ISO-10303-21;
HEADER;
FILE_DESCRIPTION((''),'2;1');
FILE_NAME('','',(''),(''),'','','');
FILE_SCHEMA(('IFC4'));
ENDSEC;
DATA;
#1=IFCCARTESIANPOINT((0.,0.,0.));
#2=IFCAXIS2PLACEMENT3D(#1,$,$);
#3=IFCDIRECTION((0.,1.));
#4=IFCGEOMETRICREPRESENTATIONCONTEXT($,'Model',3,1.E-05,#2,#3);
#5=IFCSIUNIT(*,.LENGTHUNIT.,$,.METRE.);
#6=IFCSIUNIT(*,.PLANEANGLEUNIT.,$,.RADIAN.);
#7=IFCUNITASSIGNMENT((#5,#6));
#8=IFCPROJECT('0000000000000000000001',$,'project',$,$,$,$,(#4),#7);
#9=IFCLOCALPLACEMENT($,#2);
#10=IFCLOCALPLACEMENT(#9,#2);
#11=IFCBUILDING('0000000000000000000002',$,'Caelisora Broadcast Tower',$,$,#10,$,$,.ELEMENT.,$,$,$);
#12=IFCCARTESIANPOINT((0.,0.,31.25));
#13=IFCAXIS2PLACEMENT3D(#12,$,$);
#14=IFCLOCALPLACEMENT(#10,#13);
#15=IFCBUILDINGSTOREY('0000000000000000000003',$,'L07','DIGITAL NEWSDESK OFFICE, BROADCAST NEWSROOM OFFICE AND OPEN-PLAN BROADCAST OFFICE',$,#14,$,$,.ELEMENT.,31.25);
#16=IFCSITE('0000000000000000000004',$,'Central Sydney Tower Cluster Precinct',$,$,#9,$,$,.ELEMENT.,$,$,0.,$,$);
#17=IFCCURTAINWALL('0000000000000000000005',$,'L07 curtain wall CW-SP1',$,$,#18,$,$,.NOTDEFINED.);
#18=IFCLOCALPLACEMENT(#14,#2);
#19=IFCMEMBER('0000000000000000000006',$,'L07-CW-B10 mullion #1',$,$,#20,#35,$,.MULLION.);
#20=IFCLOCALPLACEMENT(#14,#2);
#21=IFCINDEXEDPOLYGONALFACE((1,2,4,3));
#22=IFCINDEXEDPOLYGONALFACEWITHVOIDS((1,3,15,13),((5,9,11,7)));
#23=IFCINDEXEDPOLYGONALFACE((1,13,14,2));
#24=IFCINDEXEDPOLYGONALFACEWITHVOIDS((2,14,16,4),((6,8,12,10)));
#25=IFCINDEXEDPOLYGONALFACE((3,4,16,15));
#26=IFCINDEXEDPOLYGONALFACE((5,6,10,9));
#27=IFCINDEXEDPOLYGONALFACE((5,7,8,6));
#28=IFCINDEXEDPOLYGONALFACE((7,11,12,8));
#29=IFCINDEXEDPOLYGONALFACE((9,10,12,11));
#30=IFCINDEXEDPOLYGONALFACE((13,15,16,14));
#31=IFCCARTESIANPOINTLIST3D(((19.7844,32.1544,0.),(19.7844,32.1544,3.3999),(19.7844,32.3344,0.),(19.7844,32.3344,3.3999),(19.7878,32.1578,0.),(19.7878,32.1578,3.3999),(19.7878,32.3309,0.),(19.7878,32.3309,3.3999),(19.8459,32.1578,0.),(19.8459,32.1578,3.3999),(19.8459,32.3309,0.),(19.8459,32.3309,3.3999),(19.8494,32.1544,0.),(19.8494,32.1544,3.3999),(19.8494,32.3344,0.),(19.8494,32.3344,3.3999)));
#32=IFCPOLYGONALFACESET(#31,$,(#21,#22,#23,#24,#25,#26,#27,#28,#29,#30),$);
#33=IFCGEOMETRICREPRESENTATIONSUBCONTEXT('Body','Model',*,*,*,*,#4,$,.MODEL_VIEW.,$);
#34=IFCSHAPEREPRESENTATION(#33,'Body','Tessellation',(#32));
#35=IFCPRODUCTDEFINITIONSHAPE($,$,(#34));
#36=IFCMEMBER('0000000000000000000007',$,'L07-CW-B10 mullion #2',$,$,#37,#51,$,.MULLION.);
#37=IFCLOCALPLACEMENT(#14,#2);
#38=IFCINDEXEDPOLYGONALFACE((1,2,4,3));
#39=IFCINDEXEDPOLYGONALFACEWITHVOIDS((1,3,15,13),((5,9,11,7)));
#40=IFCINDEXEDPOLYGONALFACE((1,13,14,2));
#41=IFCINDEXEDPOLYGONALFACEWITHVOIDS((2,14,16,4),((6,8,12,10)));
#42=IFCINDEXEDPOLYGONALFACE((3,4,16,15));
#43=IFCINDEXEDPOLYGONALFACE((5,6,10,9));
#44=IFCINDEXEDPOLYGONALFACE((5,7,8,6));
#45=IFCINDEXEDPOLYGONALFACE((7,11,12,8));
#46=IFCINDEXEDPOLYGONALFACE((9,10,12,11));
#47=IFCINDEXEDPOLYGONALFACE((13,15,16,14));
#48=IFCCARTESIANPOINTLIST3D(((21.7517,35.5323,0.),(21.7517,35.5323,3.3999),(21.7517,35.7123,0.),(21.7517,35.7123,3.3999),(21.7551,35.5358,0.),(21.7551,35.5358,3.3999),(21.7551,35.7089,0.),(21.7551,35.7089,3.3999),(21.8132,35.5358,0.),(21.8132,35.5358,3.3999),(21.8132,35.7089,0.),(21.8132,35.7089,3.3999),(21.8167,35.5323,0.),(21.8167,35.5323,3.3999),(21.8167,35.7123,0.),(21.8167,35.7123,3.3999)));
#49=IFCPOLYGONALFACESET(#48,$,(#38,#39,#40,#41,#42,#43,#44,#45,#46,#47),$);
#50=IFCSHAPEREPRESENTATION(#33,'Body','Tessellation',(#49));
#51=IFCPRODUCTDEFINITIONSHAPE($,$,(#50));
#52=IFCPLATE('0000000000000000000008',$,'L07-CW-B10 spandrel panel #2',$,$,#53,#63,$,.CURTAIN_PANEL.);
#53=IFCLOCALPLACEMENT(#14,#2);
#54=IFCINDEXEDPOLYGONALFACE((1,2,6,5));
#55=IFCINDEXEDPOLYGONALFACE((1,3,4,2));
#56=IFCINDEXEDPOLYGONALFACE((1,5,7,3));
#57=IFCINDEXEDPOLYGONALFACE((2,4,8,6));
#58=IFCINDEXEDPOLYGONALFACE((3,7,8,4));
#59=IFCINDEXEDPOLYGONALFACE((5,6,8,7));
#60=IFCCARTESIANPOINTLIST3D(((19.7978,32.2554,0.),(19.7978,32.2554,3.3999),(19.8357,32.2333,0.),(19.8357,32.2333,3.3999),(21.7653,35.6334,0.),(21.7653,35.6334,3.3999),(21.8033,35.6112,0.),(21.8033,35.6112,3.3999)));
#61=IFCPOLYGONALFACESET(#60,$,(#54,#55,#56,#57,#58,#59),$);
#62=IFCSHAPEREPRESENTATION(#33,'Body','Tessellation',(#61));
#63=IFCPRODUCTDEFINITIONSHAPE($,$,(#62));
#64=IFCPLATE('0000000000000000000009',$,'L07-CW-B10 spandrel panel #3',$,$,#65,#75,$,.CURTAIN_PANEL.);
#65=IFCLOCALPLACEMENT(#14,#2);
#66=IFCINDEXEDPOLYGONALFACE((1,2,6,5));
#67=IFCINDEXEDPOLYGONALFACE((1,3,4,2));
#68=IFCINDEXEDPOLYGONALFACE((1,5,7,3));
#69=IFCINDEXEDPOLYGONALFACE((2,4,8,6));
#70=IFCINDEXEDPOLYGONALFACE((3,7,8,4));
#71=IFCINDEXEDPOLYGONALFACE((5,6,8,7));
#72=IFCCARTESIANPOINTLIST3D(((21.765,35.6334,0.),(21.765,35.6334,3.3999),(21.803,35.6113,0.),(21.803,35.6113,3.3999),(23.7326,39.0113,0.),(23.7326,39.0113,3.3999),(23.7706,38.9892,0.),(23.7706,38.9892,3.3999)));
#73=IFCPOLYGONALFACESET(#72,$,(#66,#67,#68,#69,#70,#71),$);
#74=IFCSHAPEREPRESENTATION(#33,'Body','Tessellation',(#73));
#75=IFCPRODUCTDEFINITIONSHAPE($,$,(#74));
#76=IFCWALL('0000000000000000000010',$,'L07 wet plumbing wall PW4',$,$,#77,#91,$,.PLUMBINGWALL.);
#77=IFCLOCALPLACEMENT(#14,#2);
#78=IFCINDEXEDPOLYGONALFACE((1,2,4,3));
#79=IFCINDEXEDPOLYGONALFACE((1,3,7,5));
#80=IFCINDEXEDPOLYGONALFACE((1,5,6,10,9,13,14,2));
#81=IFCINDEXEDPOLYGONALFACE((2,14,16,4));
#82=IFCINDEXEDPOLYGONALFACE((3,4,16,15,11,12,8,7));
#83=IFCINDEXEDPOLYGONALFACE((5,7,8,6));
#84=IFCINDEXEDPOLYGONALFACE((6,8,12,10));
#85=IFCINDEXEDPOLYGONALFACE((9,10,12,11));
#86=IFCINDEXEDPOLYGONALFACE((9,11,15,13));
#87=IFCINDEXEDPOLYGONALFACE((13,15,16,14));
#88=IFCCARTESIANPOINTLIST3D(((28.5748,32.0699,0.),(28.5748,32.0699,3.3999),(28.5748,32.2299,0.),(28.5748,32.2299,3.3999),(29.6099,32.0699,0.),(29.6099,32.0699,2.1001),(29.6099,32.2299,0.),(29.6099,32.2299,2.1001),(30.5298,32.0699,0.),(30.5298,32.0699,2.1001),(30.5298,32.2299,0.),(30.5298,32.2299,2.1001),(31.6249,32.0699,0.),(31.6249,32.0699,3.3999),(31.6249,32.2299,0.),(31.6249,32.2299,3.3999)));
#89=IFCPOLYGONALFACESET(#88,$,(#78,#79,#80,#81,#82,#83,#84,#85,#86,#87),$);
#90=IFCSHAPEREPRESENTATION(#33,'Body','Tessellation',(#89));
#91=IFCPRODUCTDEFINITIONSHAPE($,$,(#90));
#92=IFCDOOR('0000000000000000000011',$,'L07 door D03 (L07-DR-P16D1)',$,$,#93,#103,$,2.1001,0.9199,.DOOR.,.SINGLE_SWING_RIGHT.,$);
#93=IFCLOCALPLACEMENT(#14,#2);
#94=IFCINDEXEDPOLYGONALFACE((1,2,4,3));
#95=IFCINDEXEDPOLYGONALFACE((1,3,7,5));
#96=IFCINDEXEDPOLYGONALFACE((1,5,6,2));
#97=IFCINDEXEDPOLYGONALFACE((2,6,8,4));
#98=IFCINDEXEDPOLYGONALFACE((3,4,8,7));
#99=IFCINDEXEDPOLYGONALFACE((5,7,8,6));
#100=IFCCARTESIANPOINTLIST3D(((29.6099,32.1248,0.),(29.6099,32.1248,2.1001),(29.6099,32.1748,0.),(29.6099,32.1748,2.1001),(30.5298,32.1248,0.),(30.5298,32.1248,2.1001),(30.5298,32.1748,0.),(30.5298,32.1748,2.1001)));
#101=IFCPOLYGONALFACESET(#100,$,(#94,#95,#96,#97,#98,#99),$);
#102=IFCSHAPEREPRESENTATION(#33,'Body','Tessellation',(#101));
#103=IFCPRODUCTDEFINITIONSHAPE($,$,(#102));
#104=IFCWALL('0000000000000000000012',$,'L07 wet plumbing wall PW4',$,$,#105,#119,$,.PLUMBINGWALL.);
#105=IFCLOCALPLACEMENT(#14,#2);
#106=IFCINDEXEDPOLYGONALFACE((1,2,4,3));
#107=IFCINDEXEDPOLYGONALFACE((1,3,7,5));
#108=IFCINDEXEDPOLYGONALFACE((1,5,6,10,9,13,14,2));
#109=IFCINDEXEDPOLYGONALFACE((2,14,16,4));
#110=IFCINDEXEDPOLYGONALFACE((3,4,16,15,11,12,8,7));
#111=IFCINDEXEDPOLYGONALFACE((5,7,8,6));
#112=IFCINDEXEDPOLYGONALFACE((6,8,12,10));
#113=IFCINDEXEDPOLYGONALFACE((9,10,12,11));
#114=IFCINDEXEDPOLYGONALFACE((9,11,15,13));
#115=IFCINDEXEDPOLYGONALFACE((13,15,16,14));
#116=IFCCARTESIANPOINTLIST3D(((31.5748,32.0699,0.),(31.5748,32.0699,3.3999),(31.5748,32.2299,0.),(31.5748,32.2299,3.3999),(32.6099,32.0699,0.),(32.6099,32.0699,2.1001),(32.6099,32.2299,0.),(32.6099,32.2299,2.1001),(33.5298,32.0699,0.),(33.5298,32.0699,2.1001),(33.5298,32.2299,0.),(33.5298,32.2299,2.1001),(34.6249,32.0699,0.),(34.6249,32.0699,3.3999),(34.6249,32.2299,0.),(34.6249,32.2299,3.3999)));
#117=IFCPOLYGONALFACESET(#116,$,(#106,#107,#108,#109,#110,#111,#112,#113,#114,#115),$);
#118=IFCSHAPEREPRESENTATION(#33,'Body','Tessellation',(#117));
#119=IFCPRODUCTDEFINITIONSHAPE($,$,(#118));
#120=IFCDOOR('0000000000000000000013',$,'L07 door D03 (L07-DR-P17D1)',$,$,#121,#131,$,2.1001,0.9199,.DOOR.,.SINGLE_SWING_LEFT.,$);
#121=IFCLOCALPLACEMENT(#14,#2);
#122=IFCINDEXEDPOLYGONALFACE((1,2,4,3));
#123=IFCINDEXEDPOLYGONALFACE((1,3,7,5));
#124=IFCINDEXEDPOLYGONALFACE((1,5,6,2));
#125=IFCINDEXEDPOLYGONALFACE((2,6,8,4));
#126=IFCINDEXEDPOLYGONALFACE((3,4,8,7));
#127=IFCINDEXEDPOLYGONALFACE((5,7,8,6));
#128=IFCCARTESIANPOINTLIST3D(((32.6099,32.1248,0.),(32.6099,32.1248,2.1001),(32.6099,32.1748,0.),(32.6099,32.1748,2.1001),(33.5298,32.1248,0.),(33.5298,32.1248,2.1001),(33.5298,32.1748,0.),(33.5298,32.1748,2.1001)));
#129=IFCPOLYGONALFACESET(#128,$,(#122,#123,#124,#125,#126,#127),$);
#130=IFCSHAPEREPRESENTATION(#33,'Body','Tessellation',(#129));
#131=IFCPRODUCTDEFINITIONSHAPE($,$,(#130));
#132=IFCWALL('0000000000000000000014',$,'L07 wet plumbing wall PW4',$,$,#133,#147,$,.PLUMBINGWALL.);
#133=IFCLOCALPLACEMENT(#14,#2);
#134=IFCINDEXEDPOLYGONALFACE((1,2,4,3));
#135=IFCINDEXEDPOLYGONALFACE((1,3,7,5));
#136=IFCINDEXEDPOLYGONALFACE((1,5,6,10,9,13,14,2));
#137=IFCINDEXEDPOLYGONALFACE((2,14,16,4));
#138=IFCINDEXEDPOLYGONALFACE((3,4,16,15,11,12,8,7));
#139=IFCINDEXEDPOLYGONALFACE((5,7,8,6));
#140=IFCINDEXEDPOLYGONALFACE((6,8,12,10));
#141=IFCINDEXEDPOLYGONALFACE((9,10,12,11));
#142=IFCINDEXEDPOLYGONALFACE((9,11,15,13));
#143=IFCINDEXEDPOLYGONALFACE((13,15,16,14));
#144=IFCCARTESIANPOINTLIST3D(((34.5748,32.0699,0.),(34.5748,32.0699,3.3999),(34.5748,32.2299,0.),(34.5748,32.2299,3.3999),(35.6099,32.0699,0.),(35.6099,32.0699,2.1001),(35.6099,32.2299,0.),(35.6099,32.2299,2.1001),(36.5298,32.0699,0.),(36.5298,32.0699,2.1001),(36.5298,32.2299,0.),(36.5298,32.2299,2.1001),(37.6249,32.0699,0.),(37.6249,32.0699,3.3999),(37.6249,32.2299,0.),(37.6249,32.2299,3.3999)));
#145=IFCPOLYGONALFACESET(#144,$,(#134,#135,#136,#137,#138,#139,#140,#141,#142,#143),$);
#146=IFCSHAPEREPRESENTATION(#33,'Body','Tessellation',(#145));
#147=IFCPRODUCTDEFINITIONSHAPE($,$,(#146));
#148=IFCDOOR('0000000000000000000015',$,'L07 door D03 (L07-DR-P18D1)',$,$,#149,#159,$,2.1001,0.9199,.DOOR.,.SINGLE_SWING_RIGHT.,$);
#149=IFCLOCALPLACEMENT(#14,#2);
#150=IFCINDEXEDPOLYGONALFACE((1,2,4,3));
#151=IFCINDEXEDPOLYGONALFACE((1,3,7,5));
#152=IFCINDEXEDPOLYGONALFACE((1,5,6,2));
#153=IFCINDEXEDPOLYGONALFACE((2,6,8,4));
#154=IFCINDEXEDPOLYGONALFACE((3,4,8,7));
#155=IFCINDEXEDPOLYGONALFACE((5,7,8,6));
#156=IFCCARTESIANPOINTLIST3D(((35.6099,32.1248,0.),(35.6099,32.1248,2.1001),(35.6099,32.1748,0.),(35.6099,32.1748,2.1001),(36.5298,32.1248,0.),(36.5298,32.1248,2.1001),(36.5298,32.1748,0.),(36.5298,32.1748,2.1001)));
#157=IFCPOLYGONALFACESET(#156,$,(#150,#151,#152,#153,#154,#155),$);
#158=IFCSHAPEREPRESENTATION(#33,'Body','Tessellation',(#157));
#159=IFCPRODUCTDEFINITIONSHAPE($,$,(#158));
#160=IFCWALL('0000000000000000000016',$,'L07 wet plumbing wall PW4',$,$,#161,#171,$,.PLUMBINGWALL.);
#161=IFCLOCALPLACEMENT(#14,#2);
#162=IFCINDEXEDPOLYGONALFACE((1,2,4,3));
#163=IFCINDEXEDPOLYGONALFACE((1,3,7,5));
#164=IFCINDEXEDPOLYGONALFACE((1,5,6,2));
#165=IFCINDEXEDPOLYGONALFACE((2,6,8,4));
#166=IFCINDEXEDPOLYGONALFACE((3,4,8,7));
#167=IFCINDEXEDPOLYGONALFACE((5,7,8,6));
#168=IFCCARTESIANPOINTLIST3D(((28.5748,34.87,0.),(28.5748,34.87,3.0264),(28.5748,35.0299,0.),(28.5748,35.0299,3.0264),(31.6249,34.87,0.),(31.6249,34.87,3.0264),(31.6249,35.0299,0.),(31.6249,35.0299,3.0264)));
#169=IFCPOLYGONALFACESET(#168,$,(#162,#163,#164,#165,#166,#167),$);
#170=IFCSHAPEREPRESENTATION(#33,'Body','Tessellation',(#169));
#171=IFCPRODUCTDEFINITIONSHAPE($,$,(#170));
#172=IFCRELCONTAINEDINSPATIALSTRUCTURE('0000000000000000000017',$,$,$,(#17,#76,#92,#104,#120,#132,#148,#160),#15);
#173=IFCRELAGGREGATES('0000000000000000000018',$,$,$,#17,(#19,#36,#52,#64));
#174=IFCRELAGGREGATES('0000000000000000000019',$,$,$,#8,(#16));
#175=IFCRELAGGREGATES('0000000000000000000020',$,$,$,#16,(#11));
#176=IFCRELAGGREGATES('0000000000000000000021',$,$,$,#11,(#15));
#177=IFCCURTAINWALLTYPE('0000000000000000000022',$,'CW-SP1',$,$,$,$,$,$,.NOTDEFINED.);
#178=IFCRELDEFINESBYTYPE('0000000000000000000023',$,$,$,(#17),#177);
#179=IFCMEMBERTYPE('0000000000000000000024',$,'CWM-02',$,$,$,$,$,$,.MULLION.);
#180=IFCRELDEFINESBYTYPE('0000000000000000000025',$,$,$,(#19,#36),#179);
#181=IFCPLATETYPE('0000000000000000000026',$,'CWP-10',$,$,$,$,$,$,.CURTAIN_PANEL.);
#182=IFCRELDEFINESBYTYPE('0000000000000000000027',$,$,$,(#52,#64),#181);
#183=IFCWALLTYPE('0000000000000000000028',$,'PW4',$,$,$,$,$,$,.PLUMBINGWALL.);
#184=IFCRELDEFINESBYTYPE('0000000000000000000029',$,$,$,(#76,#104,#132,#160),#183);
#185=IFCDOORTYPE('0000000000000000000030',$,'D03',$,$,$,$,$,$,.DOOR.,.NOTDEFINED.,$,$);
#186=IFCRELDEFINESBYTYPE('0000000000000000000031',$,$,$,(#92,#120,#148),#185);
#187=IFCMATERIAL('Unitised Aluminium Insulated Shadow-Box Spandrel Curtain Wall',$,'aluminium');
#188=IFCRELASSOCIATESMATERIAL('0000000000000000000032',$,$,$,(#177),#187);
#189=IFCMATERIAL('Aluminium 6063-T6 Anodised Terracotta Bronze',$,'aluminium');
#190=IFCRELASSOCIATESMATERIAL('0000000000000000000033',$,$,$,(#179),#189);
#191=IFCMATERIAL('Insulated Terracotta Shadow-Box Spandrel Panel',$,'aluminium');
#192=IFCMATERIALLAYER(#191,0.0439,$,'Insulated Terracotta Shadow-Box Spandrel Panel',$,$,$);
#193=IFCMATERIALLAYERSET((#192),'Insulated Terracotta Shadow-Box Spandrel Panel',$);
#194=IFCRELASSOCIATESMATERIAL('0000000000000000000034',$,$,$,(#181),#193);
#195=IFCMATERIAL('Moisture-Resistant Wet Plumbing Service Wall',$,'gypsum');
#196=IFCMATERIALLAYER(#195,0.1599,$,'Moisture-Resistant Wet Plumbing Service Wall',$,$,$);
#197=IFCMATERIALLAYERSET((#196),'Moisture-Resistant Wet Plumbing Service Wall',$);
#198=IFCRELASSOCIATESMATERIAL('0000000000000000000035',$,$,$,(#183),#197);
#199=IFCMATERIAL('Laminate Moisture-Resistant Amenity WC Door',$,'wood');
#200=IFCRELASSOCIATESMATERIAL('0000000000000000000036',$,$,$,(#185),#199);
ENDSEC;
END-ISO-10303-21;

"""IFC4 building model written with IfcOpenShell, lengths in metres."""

from ifc_helpers import new_model, si_unit, direction, frame, frame_2d, origin, origin_2d, place, context, subcontext, project, spatial, rectangle, hollow_rectangle, extrude, source, transform, mapped, material, layer, layer_set, material_profile, profile_set, type_object, type_shapes, element, fill, aggregate, save


model = new_model("IFC4")

# Units and contexts
model_context = context("Model", 3, precision=1e-05, world=origin(), true_north=direction((0.0, 1.0)))
body_context = subcontext(model_context, "Body", "Model", "MODEL_VIEW")
ifc_project = project(units=[si_unit("LENGTHUNIT", "METRE"), si_unit("PLANEANGLEUNIT", "RADIAN")], contexts=[model_context])

# Site, building, storey
site_placement = place(None, origin())
site = spatial("IfcSite", under=ifc_project, at=site_placement, Name="Central Sydney Tower Cluster Precinct", CompositionType="ELEMENT", RefElevation=0.0)
building_placement = place(site_placement, origin())
building = spatial("IfcBuilding", under=site, at=building_placement, Name="Caelisora Broadcast Tower", CompositionType="ELEMENT")
storey_placement = place(building_placement, frame((0.0, 0.0, 31.25)))
storey = spatial("IfcBuildingStorey", under=building, at=storey_placement, Name="L07", Description="DIGITAL NEWSDESK OFFICE, BROADCAST NEWSROOM OFFICE AND OPEN-PLAN BROADCAST OFFICE", CompositionType="ELEMENT", Elevation=31.25)

# Curtain wall, members, plates
ifc_material_1 = material(Name="Unitised Aluminium Insulated Shadow-Box Spandrel Curtain Wall", Category="aluminium")
curtain_wall_type = type_object("IfcCurtainWallType", Name="CW-SP1", PredefinedType="NOTDEFINED", material=ifc_material_1)
curtain_wall_placement = place(storey_placement, origin())
curtain_wall = element("IfcCurtainWall", 1, at=curtain_wall_placement, inside=storey, type_object=curtain_wall_type, Name="L07 curtain wall CW-SP1", PredefinedType="NOTDEFINED")
ifc_material_2 = material(Name="Aluminium 6063-T6 Anodised Terracotta Bronze", Category="aluminium")
ifc_material_profile_1 = material_profile(ifc_material_2, hollow_rectangle(XDim=0.0649, YDim=0.1799, WallThickness=0.0034, at=origin_2d()), Name="Aluminium 6063-T6 Anodised Terracotta Bronze")
ifc_profile_set_1 = profile_set([ifc_material_profile_1], Name="Aluminium 6063-T6 Anodised Terracotta Bronze")
member_type_1 = type_object("IfcMemberType", Name="CWM-02", PredefinedType="MULLION", material=ifc_profile_set_1)
shared_shape_1 = source(origin(), body_context, "Body", "SweptSolid", [
    extrude(hollow_rectangle(XDim=0.0649, YDim=0.1799, WallThickness=0.0034, at=origin_2d()), origin(), (0.0, 0.0, 1.0), 3.3999),
])
type_shapes(member_type_1, [shared_shape_1])
member_1_placement = place(storey_placement, frame((19.8169, 32.2444, 0.0), z_axis=(0.0, 0.0, 1.0), x_axis=(1.0, 0.0, 0.0)))
member_1 = element("IfcMember", 2, at=member_1_placement, type_object=member_type_1, Name="L07-CW-B10 mullion #1", PredefinedType="MULLION", context=body_context, shape_type="MappedRepresentation", body=[
    mapped(shared_shape_1, transform((0.0, 0.0, 0.0), scale=1.0)),
])
member_2_placement = place(storey_placement, frame((21.7842, 35.6223, 0.0), z_axis=(0.0, 0.0, 1.0), x_axis=(1.0, 0.0, 0.0)))
member_2 = element("IfcMember", 3, at=member_2_placement, type_object=member_type_1, Name="L07-CW-B10 mullion #2", PredefinedType="MULLION", context=body_context, shape_type="MappedRepresentation", body=[
    mapped(shared_shape_1, transform((0.0, 0.0, 0.0), scale=1.0)),
])
ifc_material_3 = material(Name="Insulated Terracotta Shadow-Box Spandrel Panel", Category="aluminium")
ifc_layer_1 = layer(ifc_material_3, 0.0439, Name="Insulated Terracotta Shadow-Box Spandrel Panel")
ifc_layer_set_1 = layer_set([ifc_layer_1], Name="Insulated Terracotta Shadow-Box Spandrel Panel")
plate_type = type_object("IfcPlateType", Name="CWP-10", PredefinedType="CURTAIN_PANEL", material=ifc_layer_set_1)
shared_shape_2 = source(origin(), body_context, "Body", "SweptSolid", [
    extrude(rectangle(XDim=3.9092, YDim=0.0439, at=origin_2d()), origin(), (0.0, 0.0, 1.0), 3.3999),
])
type_shapes(plate_type, [shared_shape_2])
plate_1_placement = place(storey_placement, frame((20.8005, 33.9333, 0.0), z_axis=(0.0, 0.0, 1.0), x_axis=(0.503322, 0.864099, 0.0)))
plate_1 = element("IfcPlate", 4, at=plate_1_placement, type_object=plate_type, Name="L07-CW-B10 spandrel panel #2", PredefinedType="CURTAIN_PANEL", context=body_context, shape_type="MappedRepresentation", body=[
    mapped(shared_shape_2, transform((0.0, 0.0, 0.0), scale=1.0)),
])
plate_2_placement = place(storey_placement, frame((22.7678, 37.3113, 0.0), z_axis=(0.0, 0.0, 1.0), x_axis=(0.503322, 0.864099, 0.0)))
plate_2 = element("IfcPlate", 5, at=plate_2_placement, type_object=plate_type, Name="L07-CW-B10 spandrel panel #3", PredefinedType="CURTAIN_PANEL", context=body_context, shape_type="MappedRepresentation", body=[
    mapped(shared_shape_2, transform((0.0, 0.0, 0.0), scale=1.0)),
])
aggregate(curtain_wall, [member_1, member_2, plate_1, plate_2])

# Walls, openings, doors
ifc_material_4 = material(Name="Moisture-Resistant Wet Plumbing Service Wall", Category="gypsum")
ifc_layer_2 = layer(ifc_material_4, 0.1599, Name="Moisture-Resistant Wet Plumbing Service Wall")
ifc_layer_set_2 = layer_set([ifc_layer_2], Name="Moisture-Resistant Wet Plumbing Service Wall")
wall_type = type_object("IfcWallType", Name="PW4", PredefinedType="PLUMBINGWALL", material=ifc_layer_set_2)
wall_1_placement = place(storey_placement, frame((28.575, 32.1499, 0.0), z_axis=(0.0, 0.0, 1.0), x_axis=(1.0, 0.0, 0.0)))
wall_1 = element("IfcWall", 6, at=wall_1_placement, inside=storey, type_object=wall_type, Name="L07 wet plumbing wall PW4", PredefinedType="PLUMBINGWALL", context=body_context, shape_type="SweptSolid", body=[
    extrude(rectangle(XDim=3.05, YDim=0.1599, at=frame_2d((1.5249, 0.0))), origin(), (0.0, 0.0, 1.0), 3.3999),
])
opening_1_placement = place(wall_1_placement, frame((1.0349, 0.0, 0.0)))
opening_1 = element("IfcOpeningElement", 7, at=opening_1_placement, cuts=wall_1, PredefinedType="OPENING", context=body_context, shape_type="SweptSolid", body=[
    extrude(rectangle(XDim=0.9199, YDim=2.1001, at=frame_2d((0.46, 1.05))), frame((0.0, 0.092, 0.0), z_axis=(0.0, -1.0, 0.0), x_axis=(1.0, 0.0, 0.0)), (0.0, 0.0, 1.0), 0.1838),
])
ifc_material_5 = material(Name="Laminate Moisture-Resistant Amenity WC Door", Category="wood")
door_type = type_object("IfcDoorType", Name="D03", OperationType="NOTDEFINED", PredefinedType="DOOR", material=ifc_material_5)
door_1_placement = place(opening_1_placement, origin())
door_1 = element("IfcDoor", 8, at=door_1_placement, inside=storey, type_object=door_type, Name="L07 door D03 (L07-DR-P16D1)", OperationType="SINGLE_SWING_RIGHT", OverallHeight=2.1001, OverallWidth=0.9199, PredefinedType="DOOR", context=body_context, shape_type="SweptSolid", body=[
    extrude(rectangle(XDim=0.9199, YDim=2.1001, at=frame_2d((0.46, 1.05))), frame((0.0, 0.0249, 0.0), z_axis=(0.0, -1.0, 0.0), x_axis=(1.0, 0.0, 0.0)), (0.0, 0.0, 1.0), 0.05),
])
fill(opening_1, door_1)
wall_2_placement = place(storey_placement, frame((31.575, 32.1499, 0.0), z_axis=(0.0, 0.0, 1.0), x_axis=(1.0, 0.0, 0.0)))
wall_2 = element("IfcWall", 9, at=wall_2_placement, inside=storey, type_object=wall_type, Name="L07 wet plumbing wall PW4", PredefinedType="PLUMBINGWALL", context=body_context, shape_type="SweptSolid", body=[
    extrude(rectangle(XDim=3.05, YDim=0.1599, at=frame_2d((1.5249, 0.0))), origin(), (0.0, 0.0, 1.0), 3.3999),
])
opening_2_placement = place(wall_2_placement, frame((1.0349, 0.0, 0.0)))
opening_2 = element("IfcOpeningElement", 10, at=opening_2_placement, cuts=wall_2, PredefinedType="OPENING", context=body_context, shape_type="SweptSolid", body=[
    extrude(rectangle(XDim=0.9199, YDim=2.1001, at=frame_2d((0.46, 1.05))), frame((0.0, 0.092, 0.0), z_axis=(0.0, -1.0, 0.0), x_axis=(1.0, 0.0, 0.0)), (0.0, 0.0, 1.0), 0.1838),
])
door_2_placement = place(opening_2_placement, origin())
door_2 = element("IfcDoor", 11, at=door_2_placement, inside=storey, type_object=door_type, Name="L07 door D03 (L07-DR-P17D1)", OperationType="SINGLE_SWING_LEFT", OverallHeight=2.1001, OverallWidth=0.9199, PredefinedType="DOOR", context=body_context, shape_type="SweptSolid", body=[
    extrude(rectangle(XDim=0.9199, YDim=2.1001, at=frame_2d((0.46, 1.05))), frame((0.0, 0.0249, 0.0), z_axis=(0.0, -1.0, 0.0), x_axis=(1.0, 0.0, 0.0)), (0.0, 0.0, 1.0), 0.05),
])
fill(opening_2, door_2)
wall_3_placement = place(storey_placement, frame((34.575, 32.1499, 0.0), z_axis=(0.0, 0.0, 1.0), x_axis=(1.0, 0.0, 0.0)))
wall_3 = element("IfcWall", 12, at=wall_3_placement, inside=storey, type_object=wall_type, Name="L07 wet plumbing wall PW4", PredefinedType="PLUMBINGWALL", context=body_context, shape_type="SweptSolid", body=[
    extrude(rectangle(XDim=3.05, YDim=0.1599, at=frame_2d((1.5249, 0.0))), origin(), (0.0, 0.0, 1.0), 3.3999),
])
opening_3_placement = place(wall_3_placement, frame((1.0349, 0.0, 0.0)))
opening_3 = element("IfcOpeningElement", 13, at=opening_3_placement, cuts=wall_3, PredefinedType="OPENING", context=body_context, shape_type="SweptSolid", body=[
    extrude(rectangle(XDim=0.9199, YDim=2.1001, at=frame_2d((0.46, 1.05))), frame((0.0, 0.092, 0.0), z_axis=(0.0, -1.0, 0.0), x_axis=(1.0, 0.0, 0.0)), (0.0, 0.0, 1.0), 0.1838),
])
door_3_placement = place(opening_3_placement, origin())
door_3 = element("IfcDoor", 14, at=door_3_placement, inside=storey, type_object=door_type, Name="L07 door D03 (L07-DR-P18D1)", OperationType="SINGLE_SWING_RIGHT", OverallHeight=2.1001, OverallWidth=0.9199, PredefinedType="DOOR", context=body_context, shape_type="SweptSolid", body=[
    extrude(rectangle(XDim=0.9199, YDim=2.1001, at=frame_2d((0.46, 1.05))), frame((0.0, 0.0249, 0.0), z_axis=(0.0, -1.0, 0.0), x_axis=(1.0, 0.0, 0.0)), (0.0, 0.0, 1.0), 0.05),
])
fill(opening_3, door_3)

# Wall
wall_4_placement = place(storey_placement, frame((28.575, 34.95, 0.0), z_axis=(0.0, 0.0, 1.0), x_axis=(1.0, 0.0, 0.0)))
element("IfcWall", 15, at=wall_4_placement, inside=storey, type_object=wall_type, Name="L07 wet plumbing wall PW4", PredefinedType="PLUMBINGWALL", context=body_context, shape_type="SweptSolid", body=[
    extrude(rectangle(XDim=3.05, YDim=0.1599, at=frame_2d((1.5249, 0.0))), origin(), (0.0, 0.0, 1.0), 3.0264),
])

save(model, "model.ifc")
